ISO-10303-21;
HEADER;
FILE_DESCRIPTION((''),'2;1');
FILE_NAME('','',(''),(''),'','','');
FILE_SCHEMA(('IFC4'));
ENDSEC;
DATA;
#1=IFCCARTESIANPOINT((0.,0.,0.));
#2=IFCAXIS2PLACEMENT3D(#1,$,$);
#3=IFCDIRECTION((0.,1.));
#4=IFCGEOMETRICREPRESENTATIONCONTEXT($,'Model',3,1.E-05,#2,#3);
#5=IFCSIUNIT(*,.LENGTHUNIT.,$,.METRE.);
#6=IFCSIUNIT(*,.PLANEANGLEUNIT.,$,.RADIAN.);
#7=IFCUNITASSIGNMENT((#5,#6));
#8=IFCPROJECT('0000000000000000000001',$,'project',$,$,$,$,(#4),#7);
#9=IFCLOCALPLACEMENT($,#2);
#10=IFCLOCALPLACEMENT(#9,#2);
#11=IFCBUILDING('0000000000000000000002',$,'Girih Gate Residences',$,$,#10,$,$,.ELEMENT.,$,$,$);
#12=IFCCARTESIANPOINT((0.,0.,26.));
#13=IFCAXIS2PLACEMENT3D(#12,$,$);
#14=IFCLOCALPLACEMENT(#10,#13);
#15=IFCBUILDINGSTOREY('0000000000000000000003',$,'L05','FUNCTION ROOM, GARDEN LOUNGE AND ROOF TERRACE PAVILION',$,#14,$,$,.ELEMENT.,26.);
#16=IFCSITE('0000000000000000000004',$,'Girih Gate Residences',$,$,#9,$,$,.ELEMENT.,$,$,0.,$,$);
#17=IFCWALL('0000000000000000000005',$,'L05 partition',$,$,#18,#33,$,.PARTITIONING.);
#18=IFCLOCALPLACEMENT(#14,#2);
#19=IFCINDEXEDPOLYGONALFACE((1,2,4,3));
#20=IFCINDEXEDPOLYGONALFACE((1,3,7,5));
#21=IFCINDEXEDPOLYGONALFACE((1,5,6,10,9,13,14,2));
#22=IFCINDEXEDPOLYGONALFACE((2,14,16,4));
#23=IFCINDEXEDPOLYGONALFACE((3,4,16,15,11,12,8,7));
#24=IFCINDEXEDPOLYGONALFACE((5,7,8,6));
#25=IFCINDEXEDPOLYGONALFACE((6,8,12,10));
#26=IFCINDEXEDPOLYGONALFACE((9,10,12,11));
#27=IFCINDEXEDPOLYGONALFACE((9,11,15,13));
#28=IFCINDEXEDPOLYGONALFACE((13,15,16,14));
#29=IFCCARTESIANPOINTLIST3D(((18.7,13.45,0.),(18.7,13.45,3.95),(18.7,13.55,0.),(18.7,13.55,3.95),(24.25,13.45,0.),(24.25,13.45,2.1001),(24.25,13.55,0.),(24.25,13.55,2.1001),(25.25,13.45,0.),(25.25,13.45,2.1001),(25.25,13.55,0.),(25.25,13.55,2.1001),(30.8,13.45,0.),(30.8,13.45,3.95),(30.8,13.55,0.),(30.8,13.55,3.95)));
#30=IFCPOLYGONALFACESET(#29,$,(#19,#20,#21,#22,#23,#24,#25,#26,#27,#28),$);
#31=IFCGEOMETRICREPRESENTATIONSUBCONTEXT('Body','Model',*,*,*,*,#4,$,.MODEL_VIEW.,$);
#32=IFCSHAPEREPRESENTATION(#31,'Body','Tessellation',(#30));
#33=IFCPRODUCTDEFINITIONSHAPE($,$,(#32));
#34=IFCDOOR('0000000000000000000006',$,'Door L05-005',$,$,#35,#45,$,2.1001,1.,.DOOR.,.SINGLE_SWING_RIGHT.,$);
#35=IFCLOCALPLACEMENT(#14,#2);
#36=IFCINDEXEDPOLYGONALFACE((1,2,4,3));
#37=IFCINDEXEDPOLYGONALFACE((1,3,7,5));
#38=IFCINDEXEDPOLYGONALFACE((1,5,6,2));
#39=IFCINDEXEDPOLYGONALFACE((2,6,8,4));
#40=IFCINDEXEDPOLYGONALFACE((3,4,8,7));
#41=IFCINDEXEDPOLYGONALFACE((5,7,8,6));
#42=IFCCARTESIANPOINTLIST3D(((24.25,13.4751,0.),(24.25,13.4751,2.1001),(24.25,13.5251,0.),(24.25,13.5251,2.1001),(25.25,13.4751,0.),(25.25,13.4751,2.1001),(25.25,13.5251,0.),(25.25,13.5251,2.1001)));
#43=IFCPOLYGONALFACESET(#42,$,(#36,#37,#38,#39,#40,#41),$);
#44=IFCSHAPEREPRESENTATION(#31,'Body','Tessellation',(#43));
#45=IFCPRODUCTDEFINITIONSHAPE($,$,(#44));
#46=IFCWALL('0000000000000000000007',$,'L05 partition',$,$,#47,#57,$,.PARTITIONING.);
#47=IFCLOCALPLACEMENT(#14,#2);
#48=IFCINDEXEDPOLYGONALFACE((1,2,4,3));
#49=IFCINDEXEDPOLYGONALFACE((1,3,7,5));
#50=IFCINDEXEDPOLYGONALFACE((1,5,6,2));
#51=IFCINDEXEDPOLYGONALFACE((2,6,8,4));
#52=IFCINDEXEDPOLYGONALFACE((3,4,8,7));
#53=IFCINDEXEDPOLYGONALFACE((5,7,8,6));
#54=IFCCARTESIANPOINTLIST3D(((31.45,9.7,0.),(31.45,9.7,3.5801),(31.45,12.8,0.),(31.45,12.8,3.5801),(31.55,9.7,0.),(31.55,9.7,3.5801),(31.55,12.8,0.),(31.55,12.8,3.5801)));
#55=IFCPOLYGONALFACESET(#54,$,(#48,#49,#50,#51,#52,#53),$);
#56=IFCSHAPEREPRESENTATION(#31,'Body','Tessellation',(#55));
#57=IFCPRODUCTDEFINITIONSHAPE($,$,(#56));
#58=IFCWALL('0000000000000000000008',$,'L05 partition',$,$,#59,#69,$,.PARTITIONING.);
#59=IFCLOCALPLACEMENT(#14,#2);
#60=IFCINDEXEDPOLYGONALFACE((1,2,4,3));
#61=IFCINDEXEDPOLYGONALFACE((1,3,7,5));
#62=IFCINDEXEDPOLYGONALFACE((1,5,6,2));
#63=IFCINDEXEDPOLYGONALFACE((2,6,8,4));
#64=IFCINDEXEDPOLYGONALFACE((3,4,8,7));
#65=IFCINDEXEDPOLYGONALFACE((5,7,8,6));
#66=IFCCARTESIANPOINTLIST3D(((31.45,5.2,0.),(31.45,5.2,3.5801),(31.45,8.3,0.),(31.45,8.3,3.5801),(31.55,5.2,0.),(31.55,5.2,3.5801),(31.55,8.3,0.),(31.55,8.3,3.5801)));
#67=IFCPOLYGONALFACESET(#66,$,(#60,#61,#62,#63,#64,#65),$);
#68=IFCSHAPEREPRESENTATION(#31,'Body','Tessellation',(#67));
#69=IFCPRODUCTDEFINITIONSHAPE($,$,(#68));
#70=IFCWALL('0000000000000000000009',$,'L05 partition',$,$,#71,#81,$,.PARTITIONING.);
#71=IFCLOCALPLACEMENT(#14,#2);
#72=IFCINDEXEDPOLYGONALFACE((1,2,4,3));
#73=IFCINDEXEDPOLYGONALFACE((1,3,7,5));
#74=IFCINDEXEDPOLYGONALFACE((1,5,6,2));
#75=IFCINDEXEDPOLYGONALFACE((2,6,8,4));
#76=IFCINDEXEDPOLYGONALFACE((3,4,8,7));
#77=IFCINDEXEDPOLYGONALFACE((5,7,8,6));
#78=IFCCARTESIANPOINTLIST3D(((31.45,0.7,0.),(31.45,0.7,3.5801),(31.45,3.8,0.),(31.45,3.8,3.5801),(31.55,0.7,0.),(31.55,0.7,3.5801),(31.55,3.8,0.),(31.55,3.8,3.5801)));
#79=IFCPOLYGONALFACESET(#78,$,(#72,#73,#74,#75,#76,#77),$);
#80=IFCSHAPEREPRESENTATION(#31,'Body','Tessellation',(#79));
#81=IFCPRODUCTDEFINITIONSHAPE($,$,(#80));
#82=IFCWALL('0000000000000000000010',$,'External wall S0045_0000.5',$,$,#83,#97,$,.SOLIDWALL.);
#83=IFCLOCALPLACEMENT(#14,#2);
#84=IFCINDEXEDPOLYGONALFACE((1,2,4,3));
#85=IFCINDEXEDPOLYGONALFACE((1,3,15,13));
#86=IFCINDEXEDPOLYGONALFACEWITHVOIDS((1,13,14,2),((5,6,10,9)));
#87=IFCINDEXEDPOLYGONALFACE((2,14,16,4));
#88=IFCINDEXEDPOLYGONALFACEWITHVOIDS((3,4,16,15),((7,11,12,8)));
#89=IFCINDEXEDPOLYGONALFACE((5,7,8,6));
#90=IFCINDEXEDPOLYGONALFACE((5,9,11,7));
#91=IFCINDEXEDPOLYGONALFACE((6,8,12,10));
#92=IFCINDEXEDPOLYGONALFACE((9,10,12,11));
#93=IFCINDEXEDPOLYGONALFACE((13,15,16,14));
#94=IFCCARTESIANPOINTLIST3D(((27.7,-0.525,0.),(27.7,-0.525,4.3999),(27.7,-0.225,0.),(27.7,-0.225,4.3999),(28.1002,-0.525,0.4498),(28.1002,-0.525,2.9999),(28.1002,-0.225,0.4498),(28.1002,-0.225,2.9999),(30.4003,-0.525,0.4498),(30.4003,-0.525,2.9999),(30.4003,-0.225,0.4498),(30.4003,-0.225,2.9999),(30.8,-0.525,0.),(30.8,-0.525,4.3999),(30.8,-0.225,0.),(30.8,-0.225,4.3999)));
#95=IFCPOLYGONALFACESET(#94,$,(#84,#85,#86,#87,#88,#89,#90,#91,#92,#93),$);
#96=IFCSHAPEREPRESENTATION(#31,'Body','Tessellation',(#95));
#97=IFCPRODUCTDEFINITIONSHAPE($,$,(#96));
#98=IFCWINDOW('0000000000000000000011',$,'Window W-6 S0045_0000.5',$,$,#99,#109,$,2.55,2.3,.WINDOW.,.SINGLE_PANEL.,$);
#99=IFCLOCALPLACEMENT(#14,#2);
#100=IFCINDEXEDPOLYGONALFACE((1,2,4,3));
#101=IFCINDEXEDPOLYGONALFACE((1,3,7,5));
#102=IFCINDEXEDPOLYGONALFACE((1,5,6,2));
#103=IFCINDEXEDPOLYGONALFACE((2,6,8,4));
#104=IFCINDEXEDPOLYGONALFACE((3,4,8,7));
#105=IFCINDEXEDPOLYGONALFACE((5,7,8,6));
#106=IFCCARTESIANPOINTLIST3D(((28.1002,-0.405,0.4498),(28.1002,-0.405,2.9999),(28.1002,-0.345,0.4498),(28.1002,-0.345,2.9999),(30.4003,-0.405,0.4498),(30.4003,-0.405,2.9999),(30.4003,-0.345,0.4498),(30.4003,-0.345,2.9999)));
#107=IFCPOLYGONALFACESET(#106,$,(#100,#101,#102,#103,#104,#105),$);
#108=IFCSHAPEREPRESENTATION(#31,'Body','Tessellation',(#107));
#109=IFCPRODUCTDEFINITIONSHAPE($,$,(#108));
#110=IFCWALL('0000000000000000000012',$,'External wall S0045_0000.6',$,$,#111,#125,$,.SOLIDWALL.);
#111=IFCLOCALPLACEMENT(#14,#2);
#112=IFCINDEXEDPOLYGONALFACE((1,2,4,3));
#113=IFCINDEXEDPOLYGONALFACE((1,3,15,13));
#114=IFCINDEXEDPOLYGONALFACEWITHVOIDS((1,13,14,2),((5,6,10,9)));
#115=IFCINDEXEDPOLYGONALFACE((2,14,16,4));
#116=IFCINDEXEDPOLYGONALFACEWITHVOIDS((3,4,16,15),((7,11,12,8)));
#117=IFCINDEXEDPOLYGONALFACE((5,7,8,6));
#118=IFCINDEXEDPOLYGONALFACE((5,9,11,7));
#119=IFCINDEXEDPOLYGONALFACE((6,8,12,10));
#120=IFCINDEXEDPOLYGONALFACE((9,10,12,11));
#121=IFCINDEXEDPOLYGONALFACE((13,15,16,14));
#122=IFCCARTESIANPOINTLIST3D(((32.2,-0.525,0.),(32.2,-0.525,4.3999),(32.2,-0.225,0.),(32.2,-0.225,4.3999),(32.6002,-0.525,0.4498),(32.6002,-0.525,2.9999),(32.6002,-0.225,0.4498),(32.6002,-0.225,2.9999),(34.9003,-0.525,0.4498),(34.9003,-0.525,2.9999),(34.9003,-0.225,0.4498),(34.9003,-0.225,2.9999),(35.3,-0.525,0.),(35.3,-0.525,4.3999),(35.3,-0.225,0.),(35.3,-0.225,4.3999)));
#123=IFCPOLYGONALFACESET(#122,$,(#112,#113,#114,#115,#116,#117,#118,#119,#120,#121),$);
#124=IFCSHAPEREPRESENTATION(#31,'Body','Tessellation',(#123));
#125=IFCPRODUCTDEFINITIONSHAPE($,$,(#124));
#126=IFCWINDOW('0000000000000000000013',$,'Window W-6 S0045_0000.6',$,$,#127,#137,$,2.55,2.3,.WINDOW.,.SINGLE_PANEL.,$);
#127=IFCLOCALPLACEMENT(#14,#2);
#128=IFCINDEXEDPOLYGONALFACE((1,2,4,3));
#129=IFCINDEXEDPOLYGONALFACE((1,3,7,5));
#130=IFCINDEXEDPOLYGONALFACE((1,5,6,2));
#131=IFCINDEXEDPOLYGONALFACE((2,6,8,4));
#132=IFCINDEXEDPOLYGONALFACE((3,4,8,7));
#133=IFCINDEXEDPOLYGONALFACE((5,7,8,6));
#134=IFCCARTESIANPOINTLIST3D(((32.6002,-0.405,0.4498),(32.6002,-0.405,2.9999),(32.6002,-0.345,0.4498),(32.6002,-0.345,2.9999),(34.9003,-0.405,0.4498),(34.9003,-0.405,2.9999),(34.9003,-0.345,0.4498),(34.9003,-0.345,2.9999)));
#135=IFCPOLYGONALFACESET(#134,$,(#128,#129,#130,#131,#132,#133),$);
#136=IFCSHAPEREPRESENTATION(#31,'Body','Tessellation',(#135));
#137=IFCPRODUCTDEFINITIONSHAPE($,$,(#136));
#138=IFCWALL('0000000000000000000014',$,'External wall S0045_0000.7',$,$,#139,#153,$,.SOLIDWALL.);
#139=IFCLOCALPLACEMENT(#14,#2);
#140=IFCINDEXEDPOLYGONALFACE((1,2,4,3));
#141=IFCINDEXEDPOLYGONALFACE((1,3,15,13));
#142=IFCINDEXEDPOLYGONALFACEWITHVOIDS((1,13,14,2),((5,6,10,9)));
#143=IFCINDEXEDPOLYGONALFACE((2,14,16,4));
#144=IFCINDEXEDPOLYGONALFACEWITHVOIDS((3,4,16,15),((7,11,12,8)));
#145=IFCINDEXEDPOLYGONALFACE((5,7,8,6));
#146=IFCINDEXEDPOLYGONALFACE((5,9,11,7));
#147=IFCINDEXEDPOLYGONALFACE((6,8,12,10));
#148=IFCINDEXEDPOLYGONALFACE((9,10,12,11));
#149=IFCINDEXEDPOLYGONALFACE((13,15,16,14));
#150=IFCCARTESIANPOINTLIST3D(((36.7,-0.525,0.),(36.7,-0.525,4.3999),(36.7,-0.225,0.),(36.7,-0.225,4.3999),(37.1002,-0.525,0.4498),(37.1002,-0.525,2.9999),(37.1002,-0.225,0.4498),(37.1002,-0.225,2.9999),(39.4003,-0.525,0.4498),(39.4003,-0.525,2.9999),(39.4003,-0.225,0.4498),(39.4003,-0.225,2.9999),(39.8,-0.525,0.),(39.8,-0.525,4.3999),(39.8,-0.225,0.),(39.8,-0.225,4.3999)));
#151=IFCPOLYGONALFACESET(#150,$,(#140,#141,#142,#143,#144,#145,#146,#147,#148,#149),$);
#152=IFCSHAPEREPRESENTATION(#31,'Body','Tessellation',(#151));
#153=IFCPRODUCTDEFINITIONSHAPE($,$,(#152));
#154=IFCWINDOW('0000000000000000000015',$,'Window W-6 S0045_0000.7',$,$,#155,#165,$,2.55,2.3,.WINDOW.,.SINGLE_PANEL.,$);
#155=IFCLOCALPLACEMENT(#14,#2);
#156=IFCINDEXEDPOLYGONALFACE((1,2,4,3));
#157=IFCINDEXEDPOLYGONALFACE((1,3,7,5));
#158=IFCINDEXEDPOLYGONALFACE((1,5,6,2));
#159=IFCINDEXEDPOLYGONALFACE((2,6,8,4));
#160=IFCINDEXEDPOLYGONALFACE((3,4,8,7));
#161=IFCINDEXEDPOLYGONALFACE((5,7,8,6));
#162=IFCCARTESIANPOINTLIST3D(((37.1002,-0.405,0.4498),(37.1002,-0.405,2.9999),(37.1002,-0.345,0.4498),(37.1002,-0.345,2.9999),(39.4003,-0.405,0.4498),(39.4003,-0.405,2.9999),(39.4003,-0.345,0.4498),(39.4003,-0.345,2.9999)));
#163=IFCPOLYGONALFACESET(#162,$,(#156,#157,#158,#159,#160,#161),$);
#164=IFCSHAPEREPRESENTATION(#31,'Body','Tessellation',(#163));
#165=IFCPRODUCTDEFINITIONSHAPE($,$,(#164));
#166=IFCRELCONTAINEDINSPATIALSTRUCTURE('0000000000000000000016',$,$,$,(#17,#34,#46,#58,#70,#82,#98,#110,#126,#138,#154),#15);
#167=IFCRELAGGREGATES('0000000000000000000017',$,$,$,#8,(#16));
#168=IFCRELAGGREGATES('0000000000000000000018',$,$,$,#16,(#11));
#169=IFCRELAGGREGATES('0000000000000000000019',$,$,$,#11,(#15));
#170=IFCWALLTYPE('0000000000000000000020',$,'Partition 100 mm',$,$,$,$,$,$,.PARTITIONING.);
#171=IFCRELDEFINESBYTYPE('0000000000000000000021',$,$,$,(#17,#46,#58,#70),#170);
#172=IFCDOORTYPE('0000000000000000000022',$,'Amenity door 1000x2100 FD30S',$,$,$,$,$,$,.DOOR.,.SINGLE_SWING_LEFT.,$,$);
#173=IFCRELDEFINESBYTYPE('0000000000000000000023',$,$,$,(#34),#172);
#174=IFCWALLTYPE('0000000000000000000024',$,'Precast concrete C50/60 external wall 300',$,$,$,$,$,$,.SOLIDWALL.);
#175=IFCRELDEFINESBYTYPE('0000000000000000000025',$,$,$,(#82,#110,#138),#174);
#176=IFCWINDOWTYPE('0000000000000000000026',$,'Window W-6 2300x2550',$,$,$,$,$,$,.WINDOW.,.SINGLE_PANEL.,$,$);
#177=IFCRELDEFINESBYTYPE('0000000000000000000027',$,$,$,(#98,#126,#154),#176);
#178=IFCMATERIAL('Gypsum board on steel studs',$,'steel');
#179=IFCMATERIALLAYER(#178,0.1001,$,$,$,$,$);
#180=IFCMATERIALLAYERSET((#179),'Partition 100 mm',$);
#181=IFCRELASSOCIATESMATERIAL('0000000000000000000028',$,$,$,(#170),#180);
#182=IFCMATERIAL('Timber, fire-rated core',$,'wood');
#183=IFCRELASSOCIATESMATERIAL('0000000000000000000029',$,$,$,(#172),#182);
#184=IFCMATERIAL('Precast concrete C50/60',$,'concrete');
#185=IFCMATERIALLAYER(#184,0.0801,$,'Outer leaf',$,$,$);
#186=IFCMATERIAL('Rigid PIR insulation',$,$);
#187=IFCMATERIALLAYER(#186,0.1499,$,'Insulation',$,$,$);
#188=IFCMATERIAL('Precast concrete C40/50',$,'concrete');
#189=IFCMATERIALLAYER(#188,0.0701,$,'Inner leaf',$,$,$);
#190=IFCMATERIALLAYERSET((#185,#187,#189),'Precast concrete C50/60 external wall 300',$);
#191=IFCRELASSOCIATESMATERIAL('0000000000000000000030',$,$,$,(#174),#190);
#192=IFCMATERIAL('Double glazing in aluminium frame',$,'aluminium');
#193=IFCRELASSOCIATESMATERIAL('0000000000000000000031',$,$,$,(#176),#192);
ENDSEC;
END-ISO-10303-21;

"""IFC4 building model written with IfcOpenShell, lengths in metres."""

from ifc_helpers import new_model, si_unit, direction, frame, frame_2d, origin, place, context, subcontext, project, spatial, rectangle, extrude, material, layer, layer_set, type_object, element, fill, save


model = new_model("IFC4")

# Units and contexts
model_context = context("Model", 3, precision=1e-05, world=origin(), true_north=direction((0.0, 1.0)))
body_context = subcontext(model_context, "Body", "Model", "MODEL_VIEW")
ifc_project = project(units=[si_unit("LENGTHUNIT", "METRE"), si_unit("PLANEANGLEUNIT", "RADIAN")], contexts=[model_context])

# Site, building, storey
site_placement = place(None, origin())
site = spatial("IfcSite", under=ifc_project, at=site_placement, Name="Girih Gate Residences", CompositionType="ELEMENT", RefElevation=0.0)
building_placement = place(site_placement, origin())
building = spatial("IfcBuilding", under=site, at=building_placement, Name="Girih Gate Residences", CompositionType="ELEMENT")
storey_placement = place(building_placement, frame((0.0, 0.0, 26.0)))
storey = spatial("IfcBuildingStorey", under=building, at=storey_placement, Name="L05", Description="FUNCTION ROOM, GARDEN LOUNGE AND ROOF TERRACE PAVILION", CompositionType="ELEMENT", Elevation=26.0)

# Wall, opening, door
ifc_material_1 = material(Name="Gypsum board on steel studs", Category="steel")
ifc_material_2 = material(Name="Timber, fire-rated core", Category="wood")
ifc_layer_1 = layer(ifc_material_1, 0.1001)
ifc_layer_set_1 = layer_set([ifc_layer_1], Name="Partition 100 mm")
wall_type_1 = type_object("IfcWallType", Name="Partition 100 mm", PredefinedType="PARTITIONING", material=ifc_layer_set_1)
wall_1_placement = place(storey_placement, frame((30.8, 13.5, 0.0), z_axis=(0.0, 0.0, 1.0), x_axis=(-1.0, 0.0, 0.0)))
wall_1 = element("IfcWall", 1, at=wall_1_placement, inside=storey, type_object=wall_type_1, Name="L05 partition", PredefinedType="PARTITIONING", context=body_context, shape_type="SweptSolid", body=[
    extrude(rectangle(XDim=12.1001, YDim=0.1001, at=frame_2d((6.05, 0.0))), origin(), (0.0, 0.0, 1.0), 3.95),
])
opening_1_placement = place(wall_1_placement, frame((5.55, 0.0, 0.0)))
opening_1 = element("IfcOpeningElement", 2, at=opening_1_placement, cuts=wall_1, PredefinedType="OPENING", context=body_context, shape_type="SweptSolid", body=[
    extrude(rectangle(XDim=1.0, YDim=2.1001, at=frame_2d((0.5, 1.05))), frame((0.0, 0.0601, 0.0), z_axis=(0.0, -1.0, 0.0), x_axis=(1.0, 0.0, 0.0)), (0.0, 0.0, 1.0), 0.1201),
])
door_type_1 = type_object("IfcDoorType", Name="Amenity door 1000x2100 FD30S", OperationType="SINGLE_SWING_LEFT", PredefinedType="DOOR", material=ifc_material_2)
door_1_placement = place(opening_1_placement, origin())
door_1 = element("IfcDoor", 3, at=door_1_placement, inside=storey, type_object=door_type_1, Name="Door L05-005", OperationType="SINGLE_SWING_RIGHT", OverallHeight=2.1001, OverallWidth=1.0, PredefinedType="DOOR", context=body_context, shape_type="SweptSolid", body=[
    extrude(rectangle(XDim=1.0, YDim=2.1001, at=frame_2d((0.5, 1.05))), frame((0.0, 0.0249, 0.0), z_axis=(0.0, -1.0, 0.0), x_axis=(1.0, 0.0, 0.0)), (0.0, 0.0, 1.0), 0.05),
])
fill(opening_1, door_1)

# Walls
for number, where, z_axis, x_axis, name in (
    (4, (31.5, 9.7, 0.0), (0.0, 0.0, 1.0), (0.0, 1.0, 0.0), "L05 partition"),
    (5, (31.5, 5.2, 0.0), (0.0, 0.0, 1.0), (0.0, 1.0, 0.0), "L05 partition"),
    (6, (31.5, 0.7, 0.0), (0.0, 0.0, 1.0), (0.0, 1.0, 0.0), "L05 partition"),
):
    element("IfcWall", number, at=place(storey_placement, frame(where, z_axis=z_axis, x_axis=x_axis)), inside=storey, type_object=wall_type_1, Name=name, PredefinedType="PARTITIONING", context=body_context, shape_type="SweptSolid", body=[
        extrude(rectangle(XDim=3.1001, YDim=0.1001, at=frame_2d((1.55, 0.0))), origin(), (0.0, 0.0, 1.0), 3.5801),
    ])

# Walls, openings, windows
ifc_material_3 = material(Name="Precast concrete C50/60", Category="concrete")
ifc_layer_2 = layer(ifc_material_3, 0.0801, Name="Outer leaf")
ifc_material_4 = material(Name="Rigid PIR insulation")
ifc_layer_3 = layer(ifc_material_4, 0.1499, Name="Insulation")
ifc_material_5 = material(Name="Precast concrete C40/50", Category="concrete")
ifc_layer_4 = layer(ifc_material_5, 0.0701, Name="Inner leaf")
ifc_layer_set_2 = layer_set([ifc_layer_2, ifc_layer_3, ifc_layer_4], Name="Precast concrete C50/60 external wall 300")
wall_type_2 = type_object("IfcWallType", Name="Precast concrete C50/60 external wall 300", PredefinedType="SOLIDWALL", material=ifc_layer_set_2)
wall_2_placement = place(storey_placement, frame((30.8, -0.375, 0.0), z_axis=(0.0, 0.0, 1.0), x_axis=(-1.0, 0.0, 0.0)))
wall_2 = element("IfcWall", 7, at=wall_2_placement, inside=storey, type_object=wall_type_2, Name="External wall S0045_0000.5", PredefinedType="SOLIDWALL", context=body_context, shape_type="SweptSolid", body=[
    extrude(rectangle(XDim=3.1001, YDim=0.3, at=frame_2d((1.55, 0.0))), origin(), (0.0, 0.0, 1.0), 4.3999),
])
opening_2_placement = place(wall_2_placement, frame((0.3999, 0.0, 0.45)))
opening_2 = element("IfcOpeningElement", 8, at=opening_2_placement, cuts=wall_2, PredefinedType="OPENING", context=body_context, shape_type="SweptSolid", body=[
    extrude(rectangle(XDim=2.3, YDim=2.55, at=frame_2d((1.1499, 1.2749))), frame((0.0, 0.1599, 0.0), z_axis=(0.0, -1.0, 0.0), x_axis=(1.0, 0.0, 0.0)), (0.0, 0.0, 1.0), 0.3201),
])
ifc_material_6 = material(Name="Double glazing in aluminium frame", Category="aluminium")
window_type = type_object("IfcWindowType", Name="Window W-6 2300x2550", PartitioningType="SINGLE_PANEL", PredefinedType="WINDOW", material=ifc_material_6)
window_1_placement = place(opening_2_placement, origin())
window_1 = element("IfcWindow", 9, at=window_1_placement, inside=storey, type_object=window_type, Name="Window W-6 S0045_0000.5", OverallHeight=2.55, OverallWidth=2.3, PartitioningType="SINGLE_PANEL", PredefinedType="WINDOW", context=body_context, shape_type="SweptSolid", body=[
    extrude(rectangle(XDim=2.3, YDim=2.55, at=frame_2d((1.1499, 1.2749))), frame((0.0, 0.03, 0.0), z_axis=(0.0, -1.0, 0.0), x_axis=(1.0, 0.0, 0.0)), (0.0, 0.0, 1.0), 0.0601),
])
fill(opening_2, window_1)
wall_3_placement = place(storey_placement, frame((35.3, -0.375, 0.0), z_axis=(0.0, 0.0, 1.0), x_axis=(-1.0, 0.0, 0.0)))
wall_3 = element("IfcWall", 10, at=wall_3_placement, inside=storey, type_object=wall_type_2, Name="External wall S0045_0000.6", PredefinedType="SOLIDWALL", context=body_context, shape_type="SweptSolid", body=[
    extrude(rectangle(XDim=3.1001, YDim=0.3, at=frame_2d((1.55, 0.0))), origin(), (0.0, 0.0, 1.0), 4.3999),
])
opening_3_placement = place(wall_3_placement, frame((0.3999, 0.0, 0.45)))
opening_3 = element("IfcOpeningElement", 11, at=opening_3_placement, cuts=wall_3, PredefinedType="OPENING", context=body_context, shape_type="SweptSolid", body=[
    extrude(rectangle(XDim=2.3, YDim=2.55, at=frame_2d((1.1499, 1.2749))), frame((0.0, 0.1599, 0.0), z_axis=(0.0, -1.0, 0.0), x_axis=(1.0, 0.0, 0.0)), (0.0, 0.0, 1.0), 0.3201),
])
window_2_placement = place(opening_3_placement, origin())
window_2 = element("IfcWindow", 12, at=window_2_placement, inside=storey, type_object=window_type, Name="Window W-6 S0045_0000.6", OverallHeight=2.55, OverallWidth=2.3, PartitioningType="SINGLE_PANEL", PredefinedType="WINDOW", context=body_context, shape_type="SweptSolid", body=[
    extrude(rectangle(XDim=2.3, YDim=2.55, at=frame_2d((1.1499, 1.2749))), frame((0.0, 0.03, 0.0), z_axis=(0.0, -1.0, 0.0), x_axis=(1.0, 0.0, 0.0)), (0.0, 0.0, 1.0), 0.0601),
])
fill(opening_3, window_2)
wall_4_placement = place(storey_placement, frame((39.8, -0.375, 0.0), z_axis=(0.0, 0.0, 1.0), x_axis=(-1.0, 0.0, 0.0)))
wall_4 = element("IfcWall", 13, at=wall_4_placement, inside=storey, type_object=wall_type_2, Name="External wall S0045_0000.7", PredefinedType="SOLIDWALL", context=body_context, shape_type="SweptSolid", body=[
    extrude(rectangle(XDim=3.1001, YDim=0.3, at=frame_2d((1.55, 0.0))), origin(), (0.0, 0.0, 1.0), 4.3999),
])
opening_4_placement = place(wall_4_placement, frame((0.3999, 0.0, 0.45)))
opening_4 = element("IfcOpeningElement", 14, at=opening_4_placement, cuts=wall_4, PredefinedType="OPENING", context=body_context, shape_type="SweptSolid", body=[
    extrude(rectangle(XDim=2.3, YDim=2.55, at=frame_2d((1.1499, 1.2749))), frame((0.0, 0.1599, 0.0), z_axis=(0.0, -1.0, 0.0), x_axis=(1.0, 0.0, 0.0)), (0.0, 0.0, 1.0), 0.3201),
])
window_3_placement = place(opening_4_placement, origin())
window_3 = element("IfcWindow", 15, at=window_3_placement, inside=storey, type_object=window_type, Name="Window W-6 S0045_0000.7", OverallHeight=2.55, OverallWidth=2.3, PartitioningType="SINGLE_PANEL", PredefinedType="WINDOW", context=body_context, shape_type="SweptSolid", body=[
    extrude(rectangle(XDim=2.3, YDim=2.55, at=frame_2d((1.1499, 1.2749))), frame((0.0, 0.03, 0.0), z_axis=(0.0, -1.0, 0.0), x_axis=(1.0, 0.0, 0.0)), (0.0, 0.0, 1.0), 0.0601),
])
fill(opening_4, window_3)

save(model, "model.ifc")
